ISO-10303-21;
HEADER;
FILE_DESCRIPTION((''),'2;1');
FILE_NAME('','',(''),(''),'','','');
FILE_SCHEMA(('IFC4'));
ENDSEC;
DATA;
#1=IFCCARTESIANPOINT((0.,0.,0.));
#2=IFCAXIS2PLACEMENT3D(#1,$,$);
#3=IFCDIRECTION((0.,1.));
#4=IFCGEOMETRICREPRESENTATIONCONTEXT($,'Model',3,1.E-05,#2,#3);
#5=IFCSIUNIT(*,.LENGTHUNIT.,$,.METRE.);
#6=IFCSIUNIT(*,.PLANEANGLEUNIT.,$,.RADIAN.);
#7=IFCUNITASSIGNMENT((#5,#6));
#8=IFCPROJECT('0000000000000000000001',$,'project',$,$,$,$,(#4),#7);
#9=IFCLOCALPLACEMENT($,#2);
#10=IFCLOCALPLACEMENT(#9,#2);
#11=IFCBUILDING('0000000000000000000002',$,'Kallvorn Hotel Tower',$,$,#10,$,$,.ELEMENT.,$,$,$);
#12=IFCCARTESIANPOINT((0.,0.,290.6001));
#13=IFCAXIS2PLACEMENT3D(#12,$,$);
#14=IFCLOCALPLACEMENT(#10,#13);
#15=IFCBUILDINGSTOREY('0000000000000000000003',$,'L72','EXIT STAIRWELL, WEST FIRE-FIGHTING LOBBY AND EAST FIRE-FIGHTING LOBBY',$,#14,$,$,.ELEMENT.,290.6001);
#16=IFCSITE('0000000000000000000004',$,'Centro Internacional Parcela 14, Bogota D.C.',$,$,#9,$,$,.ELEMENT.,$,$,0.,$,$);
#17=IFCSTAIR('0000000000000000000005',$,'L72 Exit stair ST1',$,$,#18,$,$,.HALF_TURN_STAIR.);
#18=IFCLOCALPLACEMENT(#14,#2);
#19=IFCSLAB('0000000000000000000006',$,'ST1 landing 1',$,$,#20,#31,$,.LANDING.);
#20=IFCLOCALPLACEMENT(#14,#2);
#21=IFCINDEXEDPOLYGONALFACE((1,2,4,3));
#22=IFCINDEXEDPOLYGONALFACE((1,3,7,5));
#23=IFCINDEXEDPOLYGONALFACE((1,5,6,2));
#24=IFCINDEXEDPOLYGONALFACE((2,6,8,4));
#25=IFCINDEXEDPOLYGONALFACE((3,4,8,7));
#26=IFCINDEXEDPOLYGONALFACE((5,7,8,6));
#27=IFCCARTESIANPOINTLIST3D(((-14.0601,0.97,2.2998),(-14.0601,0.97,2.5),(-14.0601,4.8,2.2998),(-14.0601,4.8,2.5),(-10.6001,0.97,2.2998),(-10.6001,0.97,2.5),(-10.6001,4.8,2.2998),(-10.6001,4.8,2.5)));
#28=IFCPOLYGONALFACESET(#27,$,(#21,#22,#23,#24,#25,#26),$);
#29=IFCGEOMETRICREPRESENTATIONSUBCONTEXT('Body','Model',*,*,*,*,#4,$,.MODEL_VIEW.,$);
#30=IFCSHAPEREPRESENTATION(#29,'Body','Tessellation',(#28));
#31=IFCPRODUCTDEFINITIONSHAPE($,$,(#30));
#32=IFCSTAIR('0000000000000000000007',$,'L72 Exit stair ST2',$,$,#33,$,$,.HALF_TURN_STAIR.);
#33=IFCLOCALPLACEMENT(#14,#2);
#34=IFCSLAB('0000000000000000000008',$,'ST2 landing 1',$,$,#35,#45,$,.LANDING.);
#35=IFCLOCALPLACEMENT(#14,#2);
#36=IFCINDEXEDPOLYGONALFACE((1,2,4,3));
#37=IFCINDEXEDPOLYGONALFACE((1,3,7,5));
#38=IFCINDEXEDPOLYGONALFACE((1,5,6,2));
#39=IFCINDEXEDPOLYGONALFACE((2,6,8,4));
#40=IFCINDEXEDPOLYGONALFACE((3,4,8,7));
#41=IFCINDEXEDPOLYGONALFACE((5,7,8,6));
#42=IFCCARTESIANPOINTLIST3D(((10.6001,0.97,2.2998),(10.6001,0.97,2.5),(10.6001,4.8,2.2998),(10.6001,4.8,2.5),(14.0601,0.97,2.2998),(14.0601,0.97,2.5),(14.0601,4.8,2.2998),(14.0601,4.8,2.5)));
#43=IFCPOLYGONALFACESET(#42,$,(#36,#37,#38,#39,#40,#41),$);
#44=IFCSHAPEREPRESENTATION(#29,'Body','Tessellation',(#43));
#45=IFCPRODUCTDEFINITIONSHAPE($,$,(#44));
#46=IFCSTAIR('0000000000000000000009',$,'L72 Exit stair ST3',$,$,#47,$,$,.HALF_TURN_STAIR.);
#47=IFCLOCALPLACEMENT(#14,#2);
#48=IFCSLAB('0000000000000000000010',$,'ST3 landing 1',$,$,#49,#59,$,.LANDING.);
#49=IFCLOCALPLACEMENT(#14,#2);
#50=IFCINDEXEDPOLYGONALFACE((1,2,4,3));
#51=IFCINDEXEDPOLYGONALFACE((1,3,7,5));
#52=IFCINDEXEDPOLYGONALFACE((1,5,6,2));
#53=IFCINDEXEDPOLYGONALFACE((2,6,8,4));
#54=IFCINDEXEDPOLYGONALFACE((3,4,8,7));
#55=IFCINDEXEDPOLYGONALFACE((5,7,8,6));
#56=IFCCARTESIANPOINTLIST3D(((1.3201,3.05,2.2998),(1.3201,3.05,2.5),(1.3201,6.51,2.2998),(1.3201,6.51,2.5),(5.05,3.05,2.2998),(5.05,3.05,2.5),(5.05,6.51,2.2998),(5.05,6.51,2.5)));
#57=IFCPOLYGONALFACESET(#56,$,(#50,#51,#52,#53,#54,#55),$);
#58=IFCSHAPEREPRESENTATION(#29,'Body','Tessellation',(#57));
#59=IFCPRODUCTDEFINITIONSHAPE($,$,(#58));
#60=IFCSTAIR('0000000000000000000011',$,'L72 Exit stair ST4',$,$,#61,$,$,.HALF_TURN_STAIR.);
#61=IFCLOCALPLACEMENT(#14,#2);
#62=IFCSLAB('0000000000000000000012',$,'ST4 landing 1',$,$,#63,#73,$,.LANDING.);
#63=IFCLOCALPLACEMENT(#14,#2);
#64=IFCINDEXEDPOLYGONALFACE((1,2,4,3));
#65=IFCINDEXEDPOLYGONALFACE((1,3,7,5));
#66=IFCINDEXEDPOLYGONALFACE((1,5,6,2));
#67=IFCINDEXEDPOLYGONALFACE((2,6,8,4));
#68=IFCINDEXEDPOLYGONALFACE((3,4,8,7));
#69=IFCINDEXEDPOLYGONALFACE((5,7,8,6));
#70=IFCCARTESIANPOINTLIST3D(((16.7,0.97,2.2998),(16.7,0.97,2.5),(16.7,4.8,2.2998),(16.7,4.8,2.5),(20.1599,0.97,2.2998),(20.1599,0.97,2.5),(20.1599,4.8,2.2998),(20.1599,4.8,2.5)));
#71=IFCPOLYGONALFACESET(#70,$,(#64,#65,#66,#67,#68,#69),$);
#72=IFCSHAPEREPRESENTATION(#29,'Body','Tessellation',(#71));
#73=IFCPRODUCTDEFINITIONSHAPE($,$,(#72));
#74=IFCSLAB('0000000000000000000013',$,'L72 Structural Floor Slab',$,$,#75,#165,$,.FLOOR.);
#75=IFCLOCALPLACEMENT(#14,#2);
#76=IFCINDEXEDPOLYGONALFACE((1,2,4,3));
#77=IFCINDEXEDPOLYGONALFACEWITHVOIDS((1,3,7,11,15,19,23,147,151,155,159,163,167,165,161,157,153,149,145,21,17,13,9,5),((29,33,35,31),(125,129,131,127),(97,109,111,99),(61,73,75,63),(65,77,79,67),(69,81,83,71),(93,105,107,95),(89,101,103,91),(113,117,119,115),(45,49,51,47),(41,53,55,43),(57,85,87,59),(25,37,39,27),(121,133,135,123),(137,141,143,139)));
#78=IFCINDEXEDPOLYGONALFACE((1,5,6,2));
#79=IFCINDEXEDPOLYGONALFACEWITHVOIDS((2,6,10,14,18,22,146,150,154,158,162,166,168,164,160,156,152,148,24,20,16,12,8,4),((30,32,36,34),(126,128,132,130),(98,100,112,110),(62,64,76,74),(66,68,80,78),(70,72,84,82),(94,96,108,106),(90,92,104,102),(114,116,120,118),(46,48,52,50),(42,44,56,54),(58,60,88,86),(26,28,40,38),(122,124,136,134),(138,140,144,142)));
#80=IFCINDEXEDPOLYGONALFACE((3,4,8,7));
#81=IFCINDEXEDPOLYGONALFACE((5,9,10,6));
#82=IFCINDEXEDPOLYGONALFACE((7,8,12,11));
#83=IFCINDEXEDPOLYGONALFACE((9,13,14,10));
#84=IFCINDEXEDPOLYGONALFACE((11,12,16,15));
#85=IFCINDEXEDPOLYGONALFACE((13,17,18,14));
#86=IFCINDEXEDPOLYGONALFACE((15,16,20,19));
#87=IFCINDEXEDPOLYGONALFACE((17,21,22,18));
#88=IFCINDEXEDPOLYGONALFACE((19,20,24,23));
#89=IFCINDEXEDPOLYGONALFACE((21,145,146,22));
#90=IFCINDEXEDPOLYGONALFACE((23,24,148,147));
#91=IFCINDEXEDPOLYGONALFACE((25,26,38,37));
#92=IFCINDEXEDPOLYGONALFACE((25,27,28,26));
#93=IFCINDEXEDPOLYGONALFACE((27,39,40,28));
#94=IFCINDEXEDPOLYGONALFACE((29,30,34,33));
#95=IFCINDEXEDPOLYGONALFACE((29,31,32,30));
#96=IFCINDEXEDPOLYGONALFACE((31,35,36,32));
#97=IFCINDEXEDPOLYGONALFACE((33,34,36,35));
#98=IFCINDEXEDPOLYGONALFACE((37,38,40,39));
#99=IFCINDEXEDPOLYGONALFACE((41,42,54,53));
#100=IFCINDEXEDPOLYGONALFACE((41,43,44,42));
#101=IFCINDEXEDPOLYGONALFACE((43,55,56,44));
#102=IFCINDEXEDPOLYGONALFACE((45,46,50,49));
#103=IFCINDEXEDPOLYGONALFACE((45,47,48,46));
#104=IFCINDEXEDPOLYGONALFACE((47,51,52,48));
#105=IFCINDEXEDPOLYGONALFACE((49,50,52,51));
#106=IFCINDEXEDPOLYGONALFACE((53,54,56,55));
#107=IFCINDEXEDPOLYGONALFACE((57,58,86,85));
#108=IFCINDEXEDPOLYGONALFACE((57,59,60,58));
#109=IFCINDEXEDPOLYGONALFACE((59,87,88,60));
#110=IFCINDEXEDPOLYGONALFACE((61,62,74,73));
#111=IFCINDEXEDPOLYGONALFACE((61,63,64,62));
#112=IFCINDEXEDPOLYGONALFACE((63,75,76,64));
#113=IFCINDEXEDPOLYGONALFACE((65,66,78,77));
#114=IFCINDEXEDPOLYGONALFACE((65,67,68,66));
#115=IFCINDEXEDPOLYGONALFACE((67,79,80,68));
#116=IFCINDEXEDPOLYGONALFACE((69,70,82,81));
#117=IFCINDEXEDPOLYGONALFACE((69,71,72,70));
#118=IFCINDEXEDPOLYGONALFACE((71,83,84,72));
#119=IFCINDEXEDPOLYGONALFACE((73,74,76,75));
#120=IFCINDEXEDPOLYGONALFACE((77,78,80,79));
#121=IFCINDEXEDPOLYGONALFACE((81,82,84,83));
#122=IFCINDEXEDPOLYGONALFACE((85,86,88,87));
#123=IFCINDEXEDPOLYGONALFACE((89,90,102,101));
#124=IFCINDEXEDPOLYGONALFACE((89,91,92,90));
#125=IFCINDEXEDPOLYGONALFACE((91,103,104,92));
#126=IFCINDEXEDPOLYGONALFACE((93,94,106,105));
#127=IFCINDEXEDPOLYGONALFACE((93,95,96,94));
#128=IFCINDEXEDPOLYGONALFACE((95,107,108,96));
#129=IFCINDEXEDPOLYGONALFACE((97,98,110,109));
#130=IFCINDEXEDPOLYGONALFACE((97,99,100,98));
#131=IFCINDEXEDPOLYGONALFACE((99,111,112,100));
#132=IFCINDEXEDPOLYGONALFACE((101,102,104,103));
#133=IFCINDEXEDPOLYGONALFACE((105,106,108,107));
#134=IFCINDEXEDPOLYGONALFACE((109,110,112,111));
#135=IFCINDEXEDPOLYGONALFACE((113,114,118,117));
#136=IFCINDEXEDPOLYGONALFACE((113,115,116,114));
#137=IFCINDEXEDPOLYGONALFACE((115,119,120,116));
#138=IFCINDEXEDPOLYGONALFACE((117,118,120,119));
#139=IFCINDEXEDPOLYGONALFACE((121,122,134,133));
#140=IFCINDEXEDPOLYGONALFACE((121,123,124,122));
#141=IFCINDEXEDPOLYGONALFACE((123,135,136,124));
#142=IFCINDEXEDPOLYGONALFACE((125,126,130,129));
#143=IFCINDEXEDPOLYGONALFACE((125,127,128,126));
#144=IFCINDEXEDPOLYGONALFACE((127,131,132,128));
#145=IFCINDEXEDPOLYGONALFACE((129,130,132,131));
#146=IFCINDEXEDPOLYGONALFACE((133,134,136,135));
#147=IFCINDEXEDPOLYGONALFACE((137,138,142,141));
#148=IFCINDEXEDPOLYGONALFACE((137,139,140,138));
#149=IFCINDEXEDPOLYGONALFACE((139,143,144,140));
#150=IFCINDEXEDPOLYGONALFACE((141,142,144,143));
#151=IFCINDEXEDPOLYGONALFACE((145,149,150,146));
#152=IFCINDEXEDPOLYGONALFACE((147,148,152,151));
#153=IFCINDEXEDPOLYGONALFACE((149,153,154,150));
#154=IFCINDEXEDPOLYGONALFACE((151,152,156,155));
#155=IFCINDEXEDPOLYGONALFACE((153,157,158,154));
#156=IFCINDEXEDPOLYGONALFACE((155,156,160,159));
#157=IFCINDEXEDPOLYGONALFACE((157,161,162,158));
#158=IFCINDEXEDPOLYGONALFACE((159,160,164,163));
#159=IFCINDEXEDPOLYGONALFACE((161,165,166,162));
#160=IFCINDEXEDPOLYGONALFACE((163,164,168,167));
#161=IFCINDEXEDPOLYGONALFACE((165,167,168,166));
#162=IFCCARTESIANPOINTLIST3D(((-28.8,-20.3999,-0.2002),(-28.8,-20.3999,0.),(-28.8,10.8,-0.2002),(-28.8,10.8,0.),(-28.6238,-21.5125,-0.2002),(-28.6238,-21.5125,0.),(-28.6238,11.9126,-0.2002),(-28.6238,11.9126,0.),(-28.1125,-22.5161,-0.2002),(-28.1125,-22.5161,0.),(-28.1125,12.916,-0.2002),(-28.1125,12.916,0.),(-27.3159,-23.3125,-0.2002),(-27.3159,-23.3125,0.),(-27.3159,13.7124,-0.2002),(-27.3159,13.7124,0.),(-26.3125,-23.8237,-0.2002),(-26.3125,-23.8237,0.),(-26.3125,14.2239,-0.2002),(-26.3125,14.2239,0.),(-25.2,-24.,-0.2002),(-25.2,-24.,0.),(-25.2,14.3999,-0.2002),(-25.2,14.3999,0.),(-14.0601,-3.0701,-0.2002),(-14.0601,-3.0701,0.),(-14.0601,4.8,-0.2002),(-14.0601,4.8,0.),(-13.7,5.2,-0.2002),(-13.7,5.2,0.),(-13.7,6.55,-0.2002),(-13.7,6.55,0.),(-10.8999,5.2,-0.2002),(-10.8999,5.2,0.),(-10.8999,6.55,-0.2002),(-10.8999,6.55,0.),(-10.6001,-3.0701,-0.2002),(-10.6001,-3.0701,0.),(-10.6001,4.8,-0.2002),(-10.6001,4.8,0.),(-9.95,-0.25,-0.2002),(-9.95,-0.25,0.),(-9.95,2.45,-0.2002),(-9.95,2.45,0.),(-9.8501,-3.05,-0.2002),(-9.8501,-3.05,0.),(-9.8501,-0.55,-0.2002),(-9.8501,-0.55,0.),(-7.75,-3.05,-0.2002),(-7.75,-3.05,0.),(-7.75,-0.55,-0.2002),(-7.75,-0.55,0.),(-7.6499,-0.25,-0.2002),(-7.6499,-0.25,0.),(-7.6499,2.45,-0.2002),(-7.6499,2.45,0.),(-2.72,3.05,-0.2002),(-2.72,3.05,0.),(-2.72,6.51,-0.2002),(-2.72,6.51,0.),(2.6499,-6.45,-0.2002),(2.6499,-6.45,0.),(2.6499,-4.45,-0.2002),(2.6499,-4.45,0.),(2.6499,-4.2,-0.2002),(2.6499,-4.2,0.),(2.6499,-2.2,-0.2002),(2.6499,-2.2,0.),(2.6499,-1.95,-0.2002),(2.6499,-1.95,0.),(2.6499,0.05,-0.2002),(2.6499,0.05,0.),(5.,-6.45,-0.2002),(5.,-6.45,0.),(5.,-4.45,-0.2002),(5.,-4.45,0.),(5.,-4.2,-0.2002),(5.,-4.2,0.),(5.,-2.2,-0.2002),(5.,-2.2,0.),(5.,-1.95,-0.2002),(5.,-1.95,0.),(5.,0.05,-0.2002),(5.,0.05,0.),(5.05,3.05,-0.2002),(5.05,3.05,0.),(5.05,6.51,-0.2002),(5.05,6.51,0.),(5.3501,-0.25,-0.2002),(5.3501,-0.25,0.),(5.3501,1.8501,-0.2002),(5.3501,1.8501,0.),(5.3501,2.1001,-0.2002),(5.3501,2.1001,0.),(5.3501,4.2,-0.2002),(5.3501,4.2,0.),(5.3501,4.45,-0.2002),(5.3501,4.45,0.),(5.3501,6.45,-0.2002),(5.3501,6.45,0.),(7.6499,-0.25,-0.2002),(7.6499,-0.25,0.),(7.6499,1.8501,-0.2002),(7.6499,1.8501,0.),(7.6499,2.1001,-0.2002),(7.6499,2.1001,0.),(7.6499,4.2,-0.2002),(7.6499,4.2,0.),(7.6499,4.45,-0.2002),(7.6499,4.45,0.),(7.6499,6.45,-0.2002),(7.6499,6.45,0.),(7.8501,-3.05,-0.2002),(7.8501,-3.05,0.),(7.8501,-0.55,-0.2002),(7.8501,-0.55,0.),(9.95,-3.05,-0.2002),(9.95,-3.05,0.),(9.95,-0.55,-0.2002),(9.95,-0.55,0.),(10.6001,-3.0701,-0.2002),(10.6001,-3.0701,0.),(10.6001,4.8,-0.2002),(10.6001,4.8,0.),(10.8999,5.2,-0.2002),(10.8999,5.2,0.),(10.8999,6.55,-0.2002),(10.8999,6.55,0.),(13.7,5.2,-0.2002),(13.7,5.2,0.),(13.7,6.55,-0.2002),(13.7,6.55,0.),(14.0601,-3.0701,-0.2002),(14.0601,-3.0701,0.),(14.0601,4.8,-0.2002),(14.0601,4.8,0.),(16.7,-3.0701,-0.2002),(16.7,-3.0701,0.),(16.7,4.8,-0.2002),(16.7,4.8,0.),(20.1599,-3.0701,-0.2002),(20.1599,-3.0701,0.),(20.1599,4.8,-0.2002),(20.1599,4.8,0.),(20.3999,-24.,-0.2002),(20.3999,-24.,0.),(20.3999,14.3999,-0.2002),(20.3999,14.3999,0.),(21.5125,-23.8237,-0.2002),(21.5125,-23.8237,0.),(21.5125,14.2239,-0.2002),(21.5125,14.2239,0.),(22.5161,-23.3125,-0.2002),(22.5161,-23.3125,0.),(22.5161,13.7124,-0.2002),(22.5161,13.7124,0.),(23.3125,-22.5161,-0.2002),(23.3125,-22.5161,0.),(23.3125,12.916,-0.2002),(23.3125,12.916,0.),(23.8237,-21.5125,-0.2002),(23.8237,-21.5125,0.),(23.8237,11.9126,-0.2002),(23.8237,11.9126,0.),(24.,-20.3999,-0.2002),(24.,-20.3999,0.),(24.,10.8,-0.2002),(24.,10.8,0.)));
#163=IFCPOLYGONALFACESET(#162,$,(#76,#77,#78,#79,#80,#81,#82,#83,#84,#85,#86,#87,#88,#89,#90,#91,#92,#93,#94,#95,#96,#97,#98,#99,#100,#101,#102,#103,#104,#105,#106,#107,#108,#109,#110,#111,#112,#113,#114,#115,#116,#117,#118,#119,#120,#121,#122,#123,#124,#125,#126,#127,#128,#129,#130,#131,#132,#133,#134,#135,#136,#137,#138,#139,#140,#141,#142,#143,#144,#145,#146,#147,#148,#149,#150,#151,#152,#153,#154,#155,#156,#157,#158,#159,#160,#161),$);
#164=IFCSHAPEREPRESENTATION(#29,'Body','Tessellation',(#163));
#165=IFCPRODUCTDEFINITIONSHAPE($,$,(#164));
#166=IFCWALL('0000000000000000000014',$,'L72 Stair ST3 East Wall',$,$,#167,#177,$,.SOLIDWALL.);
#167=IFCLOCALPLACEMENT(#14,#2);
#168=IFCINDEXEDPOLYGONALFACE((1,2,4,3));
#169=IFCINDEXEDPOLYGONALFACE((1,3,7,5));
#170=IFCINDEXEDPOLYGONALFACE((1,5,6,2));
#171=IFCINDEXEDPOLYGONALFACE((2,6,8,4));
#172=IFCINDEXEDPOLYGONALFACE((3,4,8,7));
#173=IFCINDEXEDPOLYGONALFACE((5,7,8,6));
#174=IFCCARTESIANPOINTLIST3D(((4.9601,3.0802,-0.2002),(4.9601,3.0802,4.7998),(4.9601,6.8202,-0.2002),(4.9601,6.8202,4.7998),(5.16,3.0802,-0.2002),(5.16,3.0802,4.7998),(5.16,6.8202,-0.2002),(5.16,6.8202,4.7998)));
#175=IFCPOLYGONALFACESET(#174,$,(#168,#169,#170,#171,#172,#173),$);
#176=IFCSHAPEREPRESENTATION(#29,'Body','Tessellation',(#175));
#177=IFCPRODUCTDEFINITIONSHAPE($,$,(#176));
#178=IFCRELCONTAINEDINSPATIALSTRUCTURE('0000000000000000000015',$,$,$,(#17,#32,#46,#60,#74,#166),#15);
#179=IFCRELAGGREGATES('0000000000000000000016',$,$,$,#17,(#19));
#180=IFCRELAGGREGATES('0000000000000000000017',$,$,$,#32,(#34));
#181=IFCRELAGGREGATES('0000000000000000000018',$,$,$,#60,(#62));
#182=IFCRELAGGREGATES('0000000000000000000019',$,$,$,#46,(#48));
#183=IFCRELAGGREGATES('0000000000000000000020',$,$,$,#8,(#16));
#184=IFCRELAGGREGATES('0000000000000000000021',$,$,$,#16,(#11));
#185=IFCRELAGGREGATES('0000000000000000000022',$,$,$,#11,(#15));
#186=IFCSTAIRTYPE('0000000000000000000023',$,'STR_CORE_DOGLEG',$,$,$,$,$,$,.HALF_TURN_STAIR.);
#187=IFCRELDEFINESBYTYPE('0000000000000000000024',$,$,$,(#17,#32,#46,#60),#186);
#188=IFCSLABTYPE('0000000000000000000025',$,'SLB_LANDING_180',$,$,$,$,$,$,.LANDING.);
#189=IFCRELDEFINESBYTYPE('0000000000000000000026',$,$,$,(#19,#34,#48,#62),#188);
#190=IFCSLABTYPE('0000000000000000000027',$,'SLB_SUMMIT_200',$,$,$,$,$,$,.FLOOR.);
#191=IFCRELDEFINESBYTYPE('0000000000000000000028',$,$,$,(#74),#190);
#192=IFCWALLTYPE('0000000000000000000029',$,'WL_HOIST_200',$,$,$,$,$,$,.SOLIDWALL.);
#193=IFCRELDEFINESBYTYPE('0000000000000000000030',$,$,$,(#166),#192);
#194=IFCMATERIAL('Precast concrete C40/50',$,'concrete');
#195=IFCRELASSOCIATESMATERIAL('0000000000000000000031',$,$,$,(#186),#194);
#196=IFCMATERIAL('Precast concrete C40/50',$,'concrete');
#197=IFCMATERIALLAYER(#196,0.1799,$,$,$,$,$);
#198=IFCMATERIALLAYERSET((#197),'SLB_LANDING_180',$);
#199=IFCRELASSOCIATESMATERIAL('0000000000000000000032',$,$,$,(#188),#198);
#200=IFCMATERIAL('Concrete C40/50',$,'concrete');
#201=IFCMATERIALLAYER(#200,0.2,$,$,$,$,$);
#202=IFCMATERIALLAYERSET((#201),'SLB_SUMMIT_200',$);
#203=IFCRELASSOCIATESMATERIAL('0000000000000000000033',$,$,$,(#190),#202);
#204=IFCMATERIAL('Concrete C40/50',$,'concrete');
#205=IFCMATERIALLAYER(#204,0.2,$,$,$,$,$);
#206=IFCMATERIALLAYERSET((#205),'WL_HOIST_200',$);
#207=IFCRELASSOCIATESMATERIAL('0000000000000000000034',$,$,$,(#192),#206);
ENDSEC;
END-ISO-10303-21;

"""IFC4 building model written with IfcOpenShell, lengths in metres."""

from ifc_helpers import new_model, si_unit, direction, frame, frame_2d, origin, place, context, subcontext, project, spatial, polyline, rectangle, outline, extrude, material, layer, layer_set, type_object, element, aggregate, save


model = new_model("IFC4")

# Units and contexts
model_context = context("Model", 3, precision=1e-05, world=origin(), true_north=direction((0.0, 1.0)))
body_context = subcontext(model_context, "Body", "Model", "MODEL_VIEW")
ifc_project = project(units=[si_unit("LENGTHUNIT", "METRE"), si_unit("PLANEANGLEUNIT", "RADIAN")], contexts=[model_context])

# Site, building, storey
site_placement = place(None, origin())
site = spatial("IfcSite", under=ifc_project, at=site_placement, Name="Centro Internacional Parcela 14, Bogota D.C.", CompositionType="ELEMENT", RefElevation=0.0)
building_placement = place(site_placement, origin())
building = spatial("IfcBuilding", under=site, at=building_placement, Name="Kallvorn Hotel Tower", CompositionType="ELEMENT")
storey_placement = place(building_placement, frame((0.0, 0.0, 290.6001)))
storey = spatial("IfcBuildingStorey", under=building, at=storey_placement, Name="L72", Description="EXIT STAIRWELL, WEST FIRE-FIGHTING LOBBY AND EAST FIRE-FIGHTING LOBBY", CompositionType="ELEMENT", Elevation=290.6001)

# Stairs, slabs
ifc_material_1 = material(Name="Precast concrete C40/50", Category="concrete")
stair_type = type_object("IfcStairType", Name="STR_CORE_DOGLEG", PredefinedType="HALF_TURN_STAIR", material=ifc_material_1)
stair_1_placement = place(storey_placement, origin())
stair_1 = element("IfcStair", 1, at=stair_1_placement, inside=storey, type_object=stair_type, Name="L72 Exit stair ST1", PredefinedType="HALF_TURN_STAIR")
ifc_material_2 = material(Name="Precast concrete C40/50", Category="concrete")
ifc_layer_1 = layer(ifc_material_2, 0.1799)
ifc_layer_set_1 = layer_set([ifc_layer_1], Name="SLB_LANDING_180")
slab_type_1 = type_object("IfcSlabType", Name="SLB_LANDING_180", PredefinedType="LANDING", material=ifc_layer_set_1)
slab_1_placement = place(storey_placement, frame((0.0, 0.0, 2.2998)))
slab_1 = element("IfcSlab", 2, at=slab_1_placement, type_object=slab_type_1, Name="ST1 landing 1", PredefinedType="LANDING", context=body_context, shape_type="SweptSolid", body=[
    extrude(outline(polyline([(-10.6001, 0.97), (-10.6001, 4.8), (-14.0601, 4.8), (-14.0601, 0.97), (-10.6001, 0.97)])), origin(), (0.0, 0.0, 1.0), 0.2002),
])
aggregate(stair_1, [slab_1])
stair_2_placement = place(storey_placement, origin())
stair_2 = element("IfcStair", 3, at=stair_2_placement, inside=storey, type_object=stair_type, Name="L72 Exit stair ST2", PredefinedType="HALF_TURN_STAIR")
slab_2_placement = place(storey_placement, frame((0.0, 0.0, 2.2998)))
slab_2 = element("IfcSlab", 4, at=slab_2_placement, type_object=slab_type_1, Name="ST2 landing 1", PredefinedType="LANDING", context=body_context, shape_type="SweptSolid", body=[
    extrude(outline(polyline([(14.0601, 0.97), (14.0601, 4.8), (10.6001, 4.8), (10.6001, 0.97), (14.0601, 0.97)])), origin(), (0.0, 0.0, 1.0), 0.2002),
])
aggregate(stair_2, [slab_2])
stair_3_placement = place(storey_placement, origin())
stair_3 = element("IfcStair", 5, at=stair_3_placement, inside=storey, type_object=stair_type, Name="L72 Exit stair ST3", PredefinedType="HALF_TURN_STAIR")
slab_3_placement = place(storey_placement, frame((0.0, 0.0, 2.2998)))
slab_3 = element("IfcSlab", 6, at=slab_3_placement, type_object=slab_type_1, Name="ST3 landing 1", PredefinedType="LANDING", context=body_context, shape_type="SweptSolid", body=[
    extrude(outline(polyline([(1.3201, 3.05), (5.05, 3.05), (5.05, 6.51), (1.3201, 6.51), (1.3201, 3.05)])), origin(), (0.0, 0.0, 1.0), 0.2002),
])
stair_4_placement = place(storey_placement, origin())
stair_4 = element("IfcStair", 7, at=stair_4_placement, inside=storey, type_object=stair_type, Name="L72 Exit stair ST4", PredefinedType="HALF_TURN_STAIR")
slab_4_placement = place(storey_placement, frame((0.0, 0.0, 2.2998)))
slab_4 = element("IfcSlab", 8, at=slab_4_placement, type_object=slab_type_1, Name="ST4 landing 1", PredefinedType="LANDING", context=body_context, shape_type="SweptSolid", body=[
    extrude(outline(polyline([(20.1599, 0.97), (20.1599, 4.8), (16.7, 4.8), (16.7, 0.97), (20.1599, 0.97)])), origin(), (0.0, 0.0, 1.0), 0.2002),
])
aggregate(stair_4, [slab_4])

# Slab
ifc_material_3 = material(Name="Concrete C40/50", Category="concrete")
ifc_layer_2 = layer(ifc_material_3, 0.2)
ifc_layer_set_2 = layer_set([ifc_layer_2], Name="SLB_SUMMIT_200")
slab_type_2 = type_object("IfcSlabType", Name="SLB_SUMMIT_200", PredefinedType="FLOOR", material=ifc_layer_set_2)
slab_5_placement = place(storey_placement, frame((0.0, 0.0, -0.2002)))
element("IfcSlab", 9, at=slab_5_placement, inside=storey, type_object=slab_type_2, Name="L72 Structural Floor Slab", PredefinedType="FLOOR", context=body_context, shape_type="SweptSolid", body=[
    extrude(outline(polyline([(20.3999, -24.0), (21.5125, -23.8237), (22.5161, -23.3125), (23.3125, -22.5161), (23.8237, -21.5125), (24.0, -20.3999), (24.0, 10.8), (23.8237, 11.9126), (23.3125, 12.916), (22.5161, 13.7124), (21.5125, 14.2239), (20.3999, 14.3999), (-25.2, 14.3999), (-26.3125, 14.2239), (-27.3159, 13.7124), (-28.1125, 12.916), (-28.6238, 11.9126), (-28.8, 10.8), (-28.8, -20.3999), (-28.6238, -21.5125), (-28.1125, -22.5161), (-27.3159, -23.3125), (-26.3125, -23.8237), (-25.2, -24.0), (20.3999, -24.0)]), holes=[polyline([(-10.6001, -3.0701), (-10.6001, 4.8), (-14.0601, 4.8), (-14.0601, -3.0701), (-10.6001, -3.0701)]), polyline([(14.0601, -3.0701), (14.0601, 4.8), (10.6001, 4.8), (10.6001, -3.0701), (14.0601, -3.0701)]), polyline([(-2.72, 3.05), (5.05, 3.05), (5.05, 6.51), (-2.72, 6.51), (-2.72, 3.05)]), polyline([(20.1599, -3.0701), (20.1599, 4.8), (16.7, 4.8), (16.7, -3.0701), (20.1599, -3.0701)]), polyline([(2.6499, -6.45), (5.0, -6.45), (5.0, -4.45), (2.6499, -4.45), (2.6499, -6.45)]), polyline([(2.6499, -4.2), (5.0, -4.2), (5.0, -2.2), (2.6499, -2.2), (2.6499, -4.2)]), polyline([(2.6499, -1.95), (5.0, -1.95), (5.0, 0.05), (2.6499, 0.05), (2.6499, -1.95)]), polyline([(5.3501, -0.25), (7.6499, -0.25), (7.6499, 1.8501), (5.3501, 1.8501), (5.3501, -0.25)]), polyline([(5.3501, 2.1001), (7.6499, 2.1001), (7.6499, 4.2), (5.3501, 4.2), (5.3501, 2.1001)]), polyline([(5.3501, 4.45), (7.6499, 4.45), (7.6499, 6.45), (5.3501, 6.45), (5.3501, 4.45)]), polyline([(-9.8501, -3.05), (-7.75, -3.05), (-7.75, -0.55), (-9.8501, -0.55), (-9.8501, -3.05)]), polyline([(7.8501, -3.05), (9.95, -3.05), (9.95, -0.55), (7.8501, -0.55), (7.8501, -3.05)]), polyline([(-9.95, -0.25), (-7.6499, -0.25), (-7.6499, 2.45), (-9.95, 2.45), (-9.95, -0.25)]), polyline([(-13.7, 5.2), (-10.8999, 5.2), (-10.8999, 6.55), (-13.7, 6.55), (-13.7, 5.2)]), polyline([(10.8999, 5.2), (13.7, 5.2), (13.7, 6.55), (10.8999, 6.55), (10.8999, 5.2)])]), origin(), (0.0, 0.0, 1.0), 0.2002),
])

# Wall
ifc_material_4 = material(Name="Concrete C40/50", Category="concrete")
ifc_layer_3 = layer(ifc_material_4, 0.2)
ifc_layer_set_3 = layer_set([ifc_layer_3], Name="WL_HOIST_200")
wall_type_1 = type_object("IfcWallType", Name="WL_HOIST_200", PredefinedType="SOLIDWALL", material=ifc_layer_set_3)
wall_1_placement = place(storey_placement, frame((5.0601, 3.0801, -0.2002), z_axis=(0.0, 0.0, 1.0), x_axis=(0.0, 1.0, 0.0)))
element("IfcWall", 10, at=wall_1_placement, inside=storey, type_object=wall_type_1, Name="L72 Stair ST3 East Wall", PredefinedType="SOLIDWALL", context=body_context, shape_type="SweptSolid", body=[
    extrude(rectangle(XDim=3.74, YDim=0.2, at=frame_2d((1.8701, 0.0))), origin(), (0.0, 0.0, 1.0), 5.0),
])

aggregate(stair_3, [slab_3])

save(model, "model.ifc")
